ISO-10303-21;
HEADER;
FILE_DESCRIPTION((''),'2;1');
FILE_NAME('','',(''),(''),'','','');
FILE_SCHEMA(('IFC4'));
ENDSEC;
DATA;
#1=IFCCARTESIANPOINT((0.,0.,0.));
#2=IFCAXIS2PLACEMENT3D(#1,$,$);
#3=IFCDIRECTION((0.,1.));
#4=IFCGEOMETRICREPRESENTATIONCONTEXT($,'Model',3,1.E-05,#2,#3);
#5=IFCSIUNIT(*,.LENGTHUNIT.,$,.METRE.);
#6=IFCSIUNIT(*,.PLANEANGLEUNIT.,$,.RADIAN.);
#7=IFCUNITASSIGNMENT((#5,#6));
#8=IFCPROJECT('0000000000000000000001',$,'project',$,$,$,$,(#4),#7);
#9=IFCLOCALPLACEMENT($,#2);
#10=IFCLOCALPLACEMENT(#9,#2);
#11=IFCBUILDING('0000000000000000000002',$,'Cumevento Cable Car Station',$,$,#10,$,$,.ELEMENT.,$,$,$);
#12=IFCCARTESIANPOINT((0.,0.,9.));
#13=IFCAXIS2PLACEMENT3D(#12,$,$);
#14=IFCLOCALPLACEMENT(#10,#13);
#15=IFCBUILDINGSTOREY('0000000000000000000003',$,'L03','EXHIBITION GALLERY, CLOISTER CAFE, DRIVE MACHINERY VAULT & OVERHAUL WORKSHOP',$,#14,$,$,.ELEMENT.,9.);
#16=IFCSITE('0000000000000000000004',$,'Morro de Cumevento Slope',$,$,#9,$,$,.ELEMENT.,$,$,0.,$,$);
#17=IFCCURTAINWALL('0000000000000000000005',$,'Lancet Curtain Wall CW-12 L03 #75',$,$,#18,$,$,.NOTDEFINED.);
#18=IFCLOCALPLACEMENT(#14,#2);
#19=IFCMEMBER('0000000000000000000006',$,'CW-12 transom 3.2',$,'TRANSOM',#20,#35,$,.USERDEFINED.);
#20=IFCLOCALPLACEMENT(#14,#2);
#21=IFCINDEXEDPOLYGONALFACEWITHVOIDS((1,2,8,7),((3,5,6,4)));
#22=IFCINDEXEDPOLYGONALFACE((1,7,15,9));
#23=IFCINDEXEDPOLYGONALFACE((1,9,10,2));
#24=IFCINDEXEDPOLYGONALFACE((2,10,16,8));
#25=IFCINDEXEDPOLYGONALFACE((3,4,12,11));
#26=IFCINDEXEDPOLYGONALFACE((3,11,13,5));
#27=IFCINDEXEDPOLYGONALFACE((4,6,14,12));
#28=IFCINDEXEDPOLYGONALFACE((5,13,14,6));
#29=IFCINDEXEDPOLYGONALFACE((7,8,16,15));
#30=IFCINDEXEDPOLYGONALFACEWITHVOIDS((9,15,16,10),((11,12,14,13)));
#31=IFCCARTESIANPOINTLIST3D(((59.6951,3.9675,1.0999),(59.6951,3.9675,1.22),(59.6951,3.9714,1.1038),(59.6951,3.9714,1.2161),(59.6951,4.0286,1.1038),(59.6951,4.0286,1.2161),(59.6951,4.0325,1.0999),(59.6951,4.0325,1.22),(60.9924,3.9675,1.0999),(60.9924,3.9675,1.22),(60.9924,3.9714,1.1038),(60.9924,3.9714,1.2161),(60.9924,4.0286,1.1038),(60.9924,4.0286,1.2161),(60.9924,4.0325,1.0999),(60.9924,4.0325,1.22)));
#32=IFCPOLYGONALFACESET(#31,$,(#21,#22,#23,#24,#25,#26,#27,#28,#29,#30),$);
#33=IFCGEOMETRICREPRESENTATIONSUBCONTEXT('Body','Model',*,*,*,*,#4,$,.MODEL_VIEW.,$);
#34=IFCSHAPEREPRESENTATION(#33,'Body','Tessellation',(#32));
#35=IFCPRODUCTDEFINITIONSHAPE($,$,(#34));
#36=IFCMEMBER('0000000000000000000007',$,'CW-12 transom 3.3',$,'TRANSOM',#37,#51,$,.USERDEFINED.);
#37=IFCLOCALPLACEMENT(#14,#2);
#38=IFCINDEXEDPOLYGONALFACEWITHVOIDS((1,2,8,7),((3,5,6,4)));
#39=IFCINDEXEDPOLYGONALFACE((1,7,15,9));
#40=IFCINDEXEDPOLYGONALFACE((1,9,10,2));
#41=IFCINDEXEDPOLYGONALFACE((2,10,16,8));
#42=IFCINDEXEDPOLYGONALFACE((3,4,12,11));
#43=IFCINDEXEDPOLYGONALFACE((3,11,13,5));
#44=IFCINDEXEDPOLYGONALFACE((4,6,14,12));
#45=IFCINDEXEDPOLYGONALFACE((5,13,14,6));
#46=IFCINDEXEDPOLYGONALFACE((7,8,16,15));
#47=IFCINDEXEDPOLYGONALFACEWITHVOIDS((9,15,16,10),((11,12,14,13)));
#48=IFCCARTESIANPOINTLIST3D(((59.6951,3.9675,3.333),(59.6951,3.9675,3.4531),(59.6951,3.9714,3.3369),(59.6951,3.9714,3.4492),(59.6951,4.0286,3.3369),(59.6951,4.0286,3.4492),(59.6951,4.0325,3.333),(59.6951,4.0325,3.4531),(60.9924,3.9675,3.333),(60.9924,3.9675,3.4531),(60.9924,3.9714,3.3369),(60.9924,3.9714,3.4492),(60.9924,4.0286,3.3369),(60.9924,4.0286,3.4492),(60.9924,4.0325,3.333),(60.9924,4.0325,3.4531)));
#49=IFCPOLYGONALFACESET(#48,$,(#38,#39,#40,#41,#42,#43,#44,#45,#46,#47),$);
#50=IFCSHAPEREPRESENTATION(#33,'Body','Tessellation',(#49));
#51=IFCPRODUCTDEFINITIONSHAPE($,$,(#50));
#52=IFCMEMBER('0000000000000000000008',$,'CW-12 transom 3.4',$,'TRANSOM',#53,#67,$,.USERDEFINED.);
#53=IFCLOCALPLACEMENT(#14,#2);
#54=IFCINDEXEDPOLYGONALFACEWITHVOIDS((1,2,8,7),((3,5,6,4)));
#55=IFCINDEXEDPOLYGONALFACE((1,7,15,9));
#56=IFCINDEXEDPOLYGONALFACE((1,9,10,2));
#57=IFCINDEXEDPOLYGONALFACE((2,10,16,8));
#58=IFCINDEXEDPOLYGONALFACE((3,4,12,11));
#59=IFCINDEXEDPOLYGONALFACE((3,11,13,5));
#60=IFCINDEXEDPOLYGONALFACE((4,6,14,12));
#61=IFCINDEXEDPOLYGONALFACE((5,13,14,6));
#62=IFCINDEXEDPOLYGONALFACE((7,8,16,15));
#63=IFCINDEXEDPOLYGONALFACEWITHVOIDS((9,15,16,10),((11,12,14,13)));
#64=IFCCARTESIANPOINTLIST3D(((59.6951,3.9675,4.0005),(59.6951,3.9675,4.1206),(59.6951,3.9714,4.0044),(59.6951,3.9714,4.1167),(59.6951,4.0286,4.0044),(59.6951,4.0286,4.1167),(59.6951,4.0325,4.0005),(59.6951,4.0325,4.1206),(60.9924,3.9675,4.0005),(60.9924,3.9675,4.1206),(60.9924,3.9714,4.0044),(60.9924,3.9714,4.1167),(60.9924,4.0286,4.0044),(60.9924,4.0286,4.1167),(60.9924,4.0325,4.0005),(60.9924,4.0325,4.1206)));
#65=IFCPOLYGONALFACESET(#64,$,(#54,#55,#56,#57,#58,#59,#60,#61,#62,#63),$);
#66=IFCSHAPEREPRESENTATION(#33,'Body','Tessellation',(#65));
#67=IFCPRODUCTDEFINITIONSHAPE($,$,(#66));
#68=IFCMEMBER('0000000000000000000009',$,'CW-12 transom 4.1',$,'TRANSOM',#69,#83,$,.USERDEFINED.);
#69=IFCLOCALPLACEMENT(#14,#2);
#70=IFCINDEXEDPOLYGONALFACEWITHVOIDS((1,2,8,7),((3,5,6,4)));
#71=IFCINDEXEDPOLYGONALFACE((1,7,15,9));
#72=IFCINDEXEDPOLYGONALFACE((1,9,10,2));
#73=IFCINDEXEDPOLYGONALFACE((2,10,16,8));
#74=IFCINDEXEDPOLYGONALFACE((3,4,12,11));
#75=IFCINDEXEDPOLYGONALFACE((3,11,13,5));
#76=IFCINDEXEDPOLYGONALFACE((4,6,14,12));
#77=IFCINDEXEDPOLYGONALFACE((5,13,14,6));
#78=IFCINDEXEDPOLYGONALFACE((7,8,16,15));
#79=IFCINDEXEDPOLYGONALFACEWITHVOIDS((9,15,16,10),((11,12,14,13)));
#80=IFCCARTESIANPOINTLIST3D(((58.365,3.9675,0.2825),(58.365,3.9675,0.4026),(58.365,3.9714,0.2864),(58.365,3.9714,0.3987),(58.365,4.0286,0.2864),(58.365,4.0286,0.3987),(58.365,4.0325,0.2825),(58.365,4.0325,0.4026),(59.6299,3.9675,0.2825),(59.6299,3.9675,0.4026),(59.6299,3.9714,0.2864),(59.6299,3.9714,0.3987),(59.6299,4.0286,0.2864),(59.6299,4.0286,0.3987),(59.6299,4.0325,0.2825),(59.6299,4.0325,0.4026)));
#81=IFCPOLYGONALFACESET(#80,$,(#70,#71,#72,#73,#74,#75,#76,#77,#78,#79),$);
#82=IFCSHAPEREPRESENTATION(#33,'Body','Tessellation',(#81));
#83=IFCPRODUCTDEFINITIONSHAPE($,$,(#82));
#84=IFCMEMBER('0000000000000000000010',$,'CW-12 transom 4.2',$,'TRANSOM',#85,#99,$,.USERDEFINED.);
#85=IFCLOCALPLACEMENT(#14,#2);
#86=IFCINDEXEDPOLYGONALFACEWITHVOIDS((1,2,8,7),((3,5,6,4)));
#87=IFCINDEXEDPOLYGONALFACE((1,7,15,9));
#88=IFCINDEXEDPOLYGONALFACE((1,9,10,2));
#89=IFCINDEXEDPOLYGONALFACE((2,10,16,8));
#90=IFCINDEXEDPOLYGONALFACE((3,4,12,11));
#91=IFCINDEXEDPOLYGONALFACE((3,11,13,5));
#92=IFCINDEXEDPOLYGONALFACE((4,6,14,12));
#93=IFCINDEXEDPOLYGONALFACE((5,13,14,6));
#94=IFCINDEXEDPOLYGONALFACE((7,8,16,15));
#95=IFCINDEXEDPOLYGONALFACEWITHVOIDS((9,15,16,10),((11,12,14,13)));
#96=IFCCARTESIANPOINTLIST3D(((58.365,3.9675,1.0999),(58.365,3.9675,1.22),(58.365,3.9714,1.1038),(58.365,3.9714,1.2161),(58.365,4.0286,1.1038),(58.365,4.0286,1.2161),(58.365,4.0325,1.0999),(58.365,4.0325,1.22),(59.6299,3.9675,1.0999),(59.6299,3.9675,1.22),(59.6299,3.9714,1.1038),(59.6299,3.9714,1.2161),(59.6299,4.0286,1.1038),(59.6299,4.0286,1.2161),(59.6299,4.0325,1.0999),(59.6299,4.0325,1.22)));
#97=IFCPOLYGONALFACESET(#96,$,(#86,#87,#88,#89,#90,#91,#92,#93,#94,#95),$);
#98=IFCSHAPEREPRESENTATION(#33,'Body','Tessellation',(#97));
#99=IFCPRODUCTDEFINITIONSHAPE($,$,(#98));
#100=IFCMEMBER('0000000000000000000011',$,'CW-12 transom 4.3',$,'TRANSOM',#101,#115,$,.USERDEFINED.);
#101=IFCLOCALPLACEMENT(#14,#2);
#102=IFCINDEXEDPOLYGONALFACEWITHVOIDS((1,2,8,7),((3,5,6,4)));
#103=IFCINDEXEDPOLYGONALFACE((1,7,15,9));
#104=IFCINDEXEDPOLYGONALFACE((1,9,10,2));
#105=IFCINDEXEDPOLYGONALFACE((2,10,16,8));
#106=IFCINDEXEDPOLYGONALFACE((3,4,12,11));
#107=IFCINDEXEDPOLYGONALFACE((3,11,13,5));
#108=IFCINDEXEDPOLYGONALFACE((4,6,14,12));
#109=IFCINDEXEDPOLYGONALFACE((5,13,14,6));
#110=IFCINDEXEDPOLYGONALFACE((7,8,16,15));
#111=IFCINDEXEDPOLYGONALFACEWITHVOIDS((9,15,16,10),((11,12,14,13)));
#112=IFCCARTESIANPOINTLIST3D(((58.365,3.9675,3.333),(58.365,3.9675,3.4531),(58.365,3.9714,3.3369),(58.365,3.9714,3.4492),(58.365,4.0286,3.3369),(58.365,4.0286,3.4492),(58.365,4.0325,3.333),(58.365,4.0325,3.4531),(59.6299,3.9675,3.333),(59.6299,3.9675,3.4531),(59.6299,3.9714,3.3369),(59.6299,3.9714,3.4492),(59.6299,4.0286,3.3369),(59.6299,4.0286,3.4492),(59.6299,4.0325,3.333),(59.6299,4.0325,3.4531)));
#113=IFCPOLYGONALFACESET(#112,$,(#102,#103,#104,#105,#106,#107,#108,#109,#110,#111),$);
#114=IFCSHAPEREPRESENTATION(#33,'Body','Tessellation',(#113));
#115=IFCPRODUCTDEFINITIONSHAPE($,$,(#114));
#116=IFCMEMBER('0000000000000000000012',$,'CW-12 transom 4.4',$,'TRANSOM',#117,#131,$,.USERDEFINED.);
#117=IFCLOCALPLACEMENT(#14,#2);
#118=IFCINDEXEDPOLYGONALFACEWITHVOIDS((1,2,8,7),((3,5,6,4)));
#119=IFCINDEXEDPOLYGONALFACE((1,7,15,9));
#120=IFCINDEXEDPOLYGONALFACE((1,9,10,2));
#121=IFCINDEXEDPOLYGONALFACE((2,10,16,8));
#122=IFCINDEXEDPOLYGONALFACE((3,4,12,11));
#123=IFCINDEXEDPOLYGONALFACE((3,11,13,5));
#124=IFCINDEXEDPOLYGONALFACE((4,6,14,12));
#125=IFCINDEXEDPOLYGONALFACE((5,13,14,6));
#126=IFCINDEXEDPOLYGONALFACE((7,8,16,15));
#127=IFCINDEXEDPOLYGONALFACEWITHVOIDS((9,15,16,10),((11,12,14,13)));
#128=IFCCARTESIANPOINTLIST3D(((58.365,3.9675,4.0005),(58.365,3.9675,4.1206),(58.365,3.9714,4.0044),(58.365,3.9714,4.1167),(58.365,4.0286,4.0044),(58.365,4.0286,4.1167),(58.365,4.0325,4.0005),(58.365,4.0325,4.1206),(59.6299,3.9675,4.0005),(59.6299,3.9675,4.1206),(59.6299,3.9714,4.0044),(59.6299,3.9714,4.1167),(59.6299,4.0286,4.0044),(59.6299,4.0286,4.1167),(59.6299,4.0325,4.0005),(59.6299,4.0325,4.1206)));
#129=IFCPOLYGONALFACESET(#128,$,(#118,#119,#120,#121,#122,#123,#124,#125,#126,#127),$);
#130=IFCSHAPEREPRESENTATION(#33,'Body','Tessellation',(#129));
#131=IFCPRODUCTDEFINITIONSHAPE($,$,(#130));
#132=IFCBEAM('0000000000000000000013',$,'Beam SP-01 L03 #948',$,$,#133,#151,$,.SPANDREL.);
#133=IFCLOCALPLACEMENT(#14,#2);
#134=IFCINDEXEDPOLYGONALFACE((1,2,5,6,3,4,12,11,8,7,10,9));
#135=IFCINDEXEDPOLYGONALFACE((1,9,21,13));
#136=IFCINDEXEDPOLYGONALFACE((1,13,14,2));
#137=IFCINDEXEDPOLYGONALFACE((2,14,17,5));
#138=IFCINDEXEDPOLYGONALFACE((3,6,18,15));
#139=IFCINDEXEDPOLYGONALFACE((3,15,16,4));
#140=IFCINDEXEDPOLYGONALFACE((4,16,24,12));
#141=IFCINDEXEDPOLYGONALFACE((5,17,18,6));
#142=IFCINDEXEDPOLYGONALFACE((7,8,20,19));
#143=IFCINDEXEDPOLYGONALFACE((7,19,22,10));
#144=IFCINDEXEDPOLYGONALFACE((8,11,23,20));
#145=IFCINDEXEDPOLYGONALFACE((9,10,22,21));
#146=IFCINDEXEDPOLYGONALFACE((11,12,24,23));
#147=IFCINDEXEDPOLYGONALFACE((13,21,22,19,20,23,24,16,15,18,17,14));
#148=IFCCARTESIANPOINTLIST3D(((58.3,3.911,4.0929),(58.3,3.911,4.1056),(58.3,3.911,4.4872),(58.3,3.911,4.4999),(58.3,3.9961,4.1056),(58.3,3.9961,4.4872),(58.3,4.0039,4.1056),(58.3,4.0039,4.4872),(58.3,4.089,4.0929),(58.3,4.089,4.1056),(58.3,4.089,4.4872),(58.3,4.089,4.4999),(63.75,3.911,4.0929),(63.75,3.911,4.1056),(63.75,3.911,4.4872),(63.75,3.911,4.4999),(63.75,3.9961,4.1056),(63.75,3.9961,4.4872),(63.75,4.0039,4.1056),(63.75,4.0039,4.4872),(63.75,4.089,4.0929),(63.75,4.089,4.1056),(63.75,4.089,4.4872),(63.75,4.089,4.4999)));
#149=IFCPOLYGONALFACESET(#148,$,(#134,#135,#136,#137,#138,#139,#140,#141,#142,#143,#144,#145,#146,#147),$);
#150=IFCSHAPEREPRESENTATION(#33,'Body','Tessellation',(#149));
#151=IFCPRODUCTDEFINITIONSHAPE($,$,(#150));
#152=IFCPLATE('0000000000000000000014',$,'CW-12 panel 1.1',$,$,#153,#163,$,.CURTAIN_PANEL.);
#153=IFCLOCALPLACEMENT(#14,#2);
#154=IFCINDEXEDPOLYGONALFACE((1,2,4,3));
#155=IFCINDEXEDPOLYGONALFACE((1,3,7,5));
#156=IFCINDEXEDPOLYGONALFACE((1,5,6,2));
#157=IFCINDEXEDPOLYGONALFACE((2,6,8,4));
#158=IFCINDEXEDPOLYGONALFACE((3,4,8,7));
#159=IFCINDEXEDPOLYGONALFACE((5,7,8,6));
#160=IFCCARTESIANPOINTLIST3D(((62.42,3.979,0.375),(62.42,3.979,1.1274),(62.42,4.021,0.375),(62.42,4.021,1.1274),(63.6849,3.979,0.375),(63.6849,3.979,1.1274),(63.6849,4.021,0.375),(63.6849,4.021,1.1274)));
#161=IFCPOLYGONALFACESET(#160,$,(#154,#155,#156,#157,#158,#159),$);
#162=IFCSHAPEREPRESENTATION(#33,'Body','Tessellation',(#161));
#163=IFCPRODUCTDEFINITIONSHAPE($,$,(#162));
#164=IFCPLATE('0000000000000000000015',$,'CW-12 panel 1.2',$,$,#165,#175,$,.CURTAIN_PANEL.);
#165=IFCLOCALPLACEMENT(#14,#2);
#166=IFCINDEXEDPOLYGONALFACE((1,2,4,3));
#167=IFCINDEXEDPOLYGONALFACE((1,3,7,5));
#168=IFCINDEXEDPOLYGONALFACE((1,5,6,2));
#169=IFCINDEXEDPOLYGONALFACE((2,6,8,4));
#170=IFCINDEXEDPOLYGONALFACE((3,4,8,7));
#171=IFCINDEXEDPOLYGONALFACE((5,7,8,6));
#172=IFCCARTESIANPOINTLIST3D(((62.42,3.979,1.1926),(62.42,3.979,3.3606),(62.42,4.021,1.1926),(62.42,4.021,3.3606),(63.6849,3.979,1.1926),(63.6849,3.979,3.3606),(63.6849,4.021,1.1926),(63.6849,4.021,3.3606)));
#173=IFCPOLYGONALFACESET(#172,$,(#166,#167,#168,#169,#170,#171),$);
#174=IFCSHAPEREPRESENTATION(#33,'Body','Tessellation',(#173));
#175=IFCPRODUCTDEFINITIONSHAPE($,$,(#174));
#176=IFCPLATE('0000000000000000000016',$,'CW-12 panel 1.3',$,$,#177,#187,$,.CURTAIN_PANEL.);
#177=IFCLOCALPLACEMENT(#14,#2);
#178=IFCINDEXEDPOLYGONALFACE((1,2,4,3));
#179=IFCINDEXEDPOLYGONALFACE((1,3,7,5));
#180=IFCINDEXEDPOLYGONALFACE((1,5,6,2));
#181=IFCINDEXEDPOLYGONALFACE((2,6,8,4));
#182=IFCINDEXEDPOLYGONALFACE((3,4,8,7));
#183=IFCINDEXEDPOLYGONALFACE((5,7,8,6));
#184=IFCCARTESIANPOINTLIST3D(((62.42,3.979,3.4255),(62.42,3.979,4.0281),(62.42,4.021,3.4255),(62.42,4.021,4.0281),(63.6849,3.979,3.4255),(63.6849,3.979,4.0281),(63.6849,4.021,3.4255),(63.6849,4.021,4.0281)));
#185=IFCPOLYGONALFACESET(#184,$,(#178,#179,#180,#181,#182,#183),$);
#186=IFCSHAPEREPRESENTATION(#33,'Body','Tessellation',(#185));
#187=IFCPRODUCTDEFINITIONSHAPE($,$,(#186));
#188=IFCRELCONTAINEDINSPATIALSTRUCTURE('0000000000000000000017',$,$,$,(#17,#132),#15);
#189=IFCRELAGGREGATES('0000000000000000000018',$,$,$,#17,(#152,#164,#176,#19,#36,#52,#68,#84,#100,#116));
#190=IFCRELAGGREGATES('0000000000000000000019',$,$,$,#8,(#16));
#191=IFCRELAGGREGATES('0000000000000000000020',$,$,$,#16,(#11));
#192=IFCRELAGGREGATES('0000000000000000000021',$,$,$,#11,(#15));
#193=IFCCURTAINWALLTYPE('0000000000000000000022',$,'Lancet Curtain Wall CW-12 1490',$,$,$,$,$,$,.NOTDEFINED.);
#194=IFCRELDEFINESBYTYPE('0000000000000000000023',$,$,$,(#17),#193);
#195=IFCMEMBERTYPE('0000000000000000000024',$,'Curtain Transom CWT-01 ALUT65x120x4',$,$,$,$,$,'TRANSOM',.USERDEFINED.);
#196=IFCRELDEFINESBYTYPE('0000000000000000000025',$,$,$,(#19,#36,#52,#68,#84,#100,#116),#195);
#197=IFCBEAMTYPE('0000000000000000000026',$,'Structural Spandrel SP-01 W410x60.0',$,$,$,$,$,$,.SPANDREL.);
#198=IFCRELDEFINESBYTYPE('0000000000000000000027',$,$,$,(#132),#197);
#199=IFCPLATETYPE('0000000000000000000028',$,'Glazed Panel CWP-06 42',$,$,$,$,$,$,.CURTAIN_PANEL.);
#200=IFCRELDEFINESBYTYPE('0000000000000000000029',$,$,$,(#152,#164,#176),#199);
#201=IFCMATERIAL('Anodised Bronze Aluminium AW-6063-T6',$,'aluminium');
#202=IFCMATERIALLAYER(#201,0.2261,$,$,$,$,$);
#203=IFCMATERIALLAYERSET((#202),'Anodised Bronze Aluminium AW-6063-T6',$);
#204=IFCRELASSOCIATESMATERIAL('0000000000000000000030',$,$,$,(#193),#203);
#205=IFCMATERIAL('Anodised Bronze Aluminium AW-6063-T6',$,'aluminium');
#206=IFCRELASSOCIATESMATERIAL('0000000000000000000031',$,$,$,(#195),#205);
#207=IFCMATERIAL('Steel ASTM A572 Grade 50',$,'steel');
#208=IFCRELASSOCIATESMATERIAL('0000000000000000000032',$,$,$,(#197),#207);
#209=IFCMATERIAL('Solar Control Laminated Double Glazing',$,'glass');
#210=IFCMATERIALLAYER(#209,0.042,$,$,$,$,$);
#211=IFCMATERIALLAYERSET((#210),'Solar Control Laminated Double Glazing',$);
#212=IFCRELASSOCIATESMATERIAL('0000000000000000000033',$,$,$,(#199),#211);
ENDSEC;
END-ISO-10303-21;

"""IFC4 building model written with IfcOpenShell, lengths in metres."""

from ifc_helpers import new_model, si_unit, direction, frame, origin, origin_2d, place, context, subcontext, project, spatial, rectangle, hollow_rectangle, i_section, extrude, material, layer, layer_set, material_profile, profile_set, type_object, element, aggregate, save


model = new_model("IFC4")

# Units and contexts
model_context = context("Model", 3, precision=1e-05, world=origin(), true_north=direction((0.0, 1.0)))
body_context = subcontext(model_context, "Body", "Model", "MODEL_VIEW")
ifc_project = project(units=[si_unit("LENGTHUNIT", "METRE"), si_unit("PLANEANGLEUNIT", "RADIAN")], contexts=[model_context])

# Site, building, storey
site_placement = place(None, origin())
site = spatial("IfcSite", under=ifc_project, at=site_placement, Name="Morro de Cumevento Slope", CompositionType="ELEMENT", RefElevation=0.0)
building_placement = place(site_placement, origin())
building = spatial("IfcBuilding", under=site, at=building_placement, Name="Cumevento Cable Car Station", CompositionType="ELEMENT")
storey_placement = place(building_placement, frame((0.0, 0.0, 9.0)))
storey = spatial("IfcBuildingStorey", under=building, at=storey_placement, Name="L03", Description="EXHIBITION GALLERY, CLOISTER CAFE, DRIVE MACHINERY VAULT & OVERHAUL WORKSHOP", CompositionType="ELEMENT", Elevation=9.0)

# Curtain wall, members
ifc_material_1 = material(Name="Anodised Bronze Aluminium AW-6063-T6", Category="aluminium")
ifc_layer_1 = layer(ifc_material_1, 0.2261)
ifc_layer_set_1 = layer_set([ifc_layer_1], Name="Anodised Bronze Aluminium AW-6063-T6")
curtain_wall_type = type_object("IfcCurtainWallType", Name="Lancet Curtain Wall CW-12 1490", PredefinedType="NOTDEFINED", material=ifc_layer_set_1)
curtain_wall_placement = place(storey_placement, origin())
curtain_wall = element("IfcCurtainWall", 1, at=curtain_wall_placement, inside=storey, type_object=curtain_wall_type, Name="Lancet Curtain Wall CW-12 L03 #75", PredefinedType="NOTDEFINED")
ifc_material_2 = material(Name="Anodised Bronze Aluminium AW-6063-T6", Category="aluminium")
ifc_material_profile_1 = material_profile(ifc_material_2, hollow_rectangle(XDim=0.0649, YDim=0.1201, WallThickness=0.0039, at=origin_2d()), Name="ALUT65x120x4")
ifc_profile_set_1 = profile_set([ifc_material_profile_1], Name="Anodised Bronze Aluminium AW-6063-T6")
member_type_1 = type_object("IfcMemberType", Name="Curtain Transom CWT-01 ALUT65x120x4", ElementType="TRANSOM", PredefinedType="USERDEFINED", material=ifc_profile_set_1)
member_1_placement = place(storey_placement, frame((60.9924, 4.0, 1.1599), z_axis=(-1.0, 0.0, 0.0), x_axis=(0.0, -1.0, 0.0)))
member_1 = element("IfcMember", 2, at=member_1_placement, type_object=member_type_1, Name="CW-12 transom 3.2", ObjectType="TRANSOM", PredefinedType="USERDEFINED", context=body_context, shape_type="SweptSolid", body=[
    extrude(hollow_rectangle(XDim=0.0649, YDim=0.1201, WallThickness=0.0039, at=origin_2d()), origin(), (0.0, 0.0, 1.0), 1.2974),
])
member_2_placement = place(storey_placement, frame((60.9924, 4.0, 3.3931), z_axis=(-1.0, 0.0, 0.0), x_axis=(0.0, -1.0, 0.0)))
member_2 = element("IfcMember", 3, at=member_2_placement, type_object=member_type_1, Name="CW-12 transom 3.3", ObjectType="TRANSOM", PredefinedType="USERDEFINED", context=body_context, shape_type="SweptSolid", body=[
    extrude(hollow_rectangle(XDim=0.0649, YDim=0.1201, WallThickness=0.0039, at=origin_2d()), origin(), (0.0, 0.0, 1.0), 1.2974),
])
member_3_placement = place(storey_placement, frame((60.9924, 4.0, 4.0605), z_axis=(-1.0, 0.0, 0.0), x_axis=(0.0, -1.0, 0.0)))
member_3 = element("IfcMember", 4, at=member_3_placement, type_object=member_type_1, Name="CW-12 transom 3.4", ObjectType="TRANSOM", PredefinedType="USERDEFINED", context=body_context, shape_type="SweptSolid", body=[
    extrude(hollow_rectangle(XDim=0.0649, YDim=0.1201, WallThickness=0.0039, at=origin_2d()), origin(), (0.0, 0.0, 1.0), 1.2974),
])
member_4_placement = place(storey_placement, frame((59.6299, 4.0, 0.3425), z_axis=(-1.0, 0.0, 0.0), x_axis=(0.0, -1.0, 0.0)))
member_4 = element("IfcMember", 5, at=member_4_placement, type_object=member_type_1, Name="CW-12 transom 4.1", ObjectType="TRANSOM", PredefinedType="USERDEFINED", context=body_context, shape_type="SweptSolid", body=[
    extrude(hollow_rectangle(XDim=0.0649, YDim=0.1201, WallThickness=0.0039, at=origin_2d()), origin(), (0.0, 0.0, 1.0), 1.2649),
])
member_5_placement = place(storey_placement, frame((59.6299, 4.0, 1.1599), z_axis=(-1.0, 0.0, 0.0), x_axis=(0.0, -1.0, 0.0)))
member_5 = element("IfcMember", 6, at=member_5_placement, type_object=member_type_1, Name="CW-12 transom 4.2", ObjectType="TRANSOM", PredefinedType="USERDEFINED", context=body_context, shape_type="SweptSolid", body=[
    extrude(hollow_rectangle(XDim=0.0649, YDim=0.1201, WallThickness=0.0039, at=origin_2d()), origin(), (0.0, 0.0, 1.0), 1.2649),
])
member_6_placement = place(storey_placement, frame((59.6299, 4.0, 3.3931), z_axis=(-1.0, 0.0, 0.0), x_axis=(0.0, -1.0, 0.0)))
member_6 = element("IfcMember", 7, at=member_6_placement, type_object=member_type_1, Name="CW-12 transom 4.3", ObjectType="TRANSOM", PredefinedType="USERDEFINED", context=body_context, shape_type="SweptSolid", body=[
    extrude(hollow_rectangle(XDim=0.0649, YDim=0.1201, WallThickness=0.0039, at=origin_2d()), origin(), (0.0, 0.0, 1.0), 1.2649),
])
member_7_placement = place(storey_placement, frame((59.6299, 4.0, 4.0605), z_axis=(-1.0, 0.0, 0.0), x_axis=(0.0, -1.0, 0.0)))
member_7 = element("IfcMember", 8, at=member_7_placement, type_object=member_type_1, Name="CW-12 transom 4.4", ObjectType="TRANSOM", PredefinedType="USERDEFINED", context=body_context, shape_type="SweptSolid", body=[
    extrude(hollow_rectangle(XDim=0.0649, YDim=0.1201, WallThickness=0.0039, at=origin_2d()), origin(), (0.0, 0.0, 1.0), 1.2649),
])

# Beam
ifc_material_3 = material(Name="Steel ASTM A572 Grade 50", Category="steel")
ifc_material_profile_2 = material_profile(ifc_material_3, i_section(OverallWidth=0.178, OverallDepth=0.407, WebThickness=0.0078, FlangeThickness=0.0127, at=origin_2d()), Name="W410x60.0")
ifc_profile_set_2 = profile_set([ifc_material_profile_2], Name="Steel ASTM A572 Grade 50")
beam_type = type_object("IfcBeamType", Name="Structural Spandrel SP-01 W410x60.0", PredefinedType="SPANDREL", material=ifc_profile_set_2)
beam_placement = place(storey_placement, frame((58.3, 4.0, 4.2964), z_axis=(1.0, 0.0, 0.0), x_axis=(0.0, 1.0, 0.0)))
element("IfcBeam", 9, at=beam_placement, inside=storey, type_object=beam_type, Name="Beam SP-01 L03 #948", PredefinedType="SPANDREL", context=body_context, shape_type="SweptSolid", body=[
    extrude(i_section(OverallWidth=0.178, OverallDepth=0.407, WebThickness=0.0078, FlangeThickness=0.0127, at=origin_2d()), origin(), (0.0, 0.0, 1.0), 5.45),
])

# Plates
ifc_material_4 = material(Name="Solar Control Laminated Double Glazing", Category="glass")
ifc_layer_2 = layer(ifc_material_4, 0.042)
ifc_layer_set_2 = layer_set([ifc_layer_2], Name="Solar Control Laminated Double Glazing")
plate_type = type_object("IfcPlateType", Name="Glazed Panel CWP-06 42", PredefinedType="CURTAIN_PANEL", material=ifc_layer_set_2)
plate_1_placement = place(storey_placement, frame((63.0525, 4.0, 0.375), z_axis=(0.0, 0.0, 1.0), x_axis=(-1.0, 0.0, 0.0)))
plate_1 = element("IfcPlate", 10, at=plate_1_placement, type_object=plate_type, Name="CW-12 panel 1.1", PredefinedType="CURTAIN_PANEL", context=body_context, shape_type="SweptSolid", body=[
    extrude(rectangle(XDim=1.2649, YDim=0.042, at=origin_2d()), origin(), (0.0, 0.0, 1.0), 0.7524),
])
plate_2_placement = place(storey_placement, frame((63.0525, 4.0, 1.1926), z_axis=(0.0, 0.0, 1.0), x_axis=(-1.0, 0.0, 0.0)))
plate_2 = element("IfcPlate", 11, at=plate_2_placement, type_object=plate_type, Name="CW-12 panel 1.2", PredefinedType="CURTAIN_PANEL", context=body_context, shape_type="SweptSolid", body=[
    extrude(rectangle(XDim=1.2649, YDim=0.042, at=origin_2d()), origin(), (0.0, 0.0, 1.0), 2.168),
])
plate_3_placement = place(storey_placement, frame((63.0525, 4.0, 3.4255), z_axis=(0.0, 0.0, 1.0), x_axis=(-1.0, 0.0, 0.0)))
plate_3 = element("IfcPlate", 12, at=plate_3_placement, type_object=plate_type, Name="CW-12 panel 1.3", PredefinedType="CURTAIN_PANEL", context=body_context, shape_type="SweptSolid", body=[
    extrude(rectangle(XDim=1.2649, YDim=0.042, at=origin_2d()), origin(), (0.0, 0.0, 1.0), 0.6025),
])
aggregate(curtain_wall, [plate_1, plate_2, plate_3, member_1, member_2, member_3, member_4, member_5, member_6, member_7])

save(model, "model.ifc")
